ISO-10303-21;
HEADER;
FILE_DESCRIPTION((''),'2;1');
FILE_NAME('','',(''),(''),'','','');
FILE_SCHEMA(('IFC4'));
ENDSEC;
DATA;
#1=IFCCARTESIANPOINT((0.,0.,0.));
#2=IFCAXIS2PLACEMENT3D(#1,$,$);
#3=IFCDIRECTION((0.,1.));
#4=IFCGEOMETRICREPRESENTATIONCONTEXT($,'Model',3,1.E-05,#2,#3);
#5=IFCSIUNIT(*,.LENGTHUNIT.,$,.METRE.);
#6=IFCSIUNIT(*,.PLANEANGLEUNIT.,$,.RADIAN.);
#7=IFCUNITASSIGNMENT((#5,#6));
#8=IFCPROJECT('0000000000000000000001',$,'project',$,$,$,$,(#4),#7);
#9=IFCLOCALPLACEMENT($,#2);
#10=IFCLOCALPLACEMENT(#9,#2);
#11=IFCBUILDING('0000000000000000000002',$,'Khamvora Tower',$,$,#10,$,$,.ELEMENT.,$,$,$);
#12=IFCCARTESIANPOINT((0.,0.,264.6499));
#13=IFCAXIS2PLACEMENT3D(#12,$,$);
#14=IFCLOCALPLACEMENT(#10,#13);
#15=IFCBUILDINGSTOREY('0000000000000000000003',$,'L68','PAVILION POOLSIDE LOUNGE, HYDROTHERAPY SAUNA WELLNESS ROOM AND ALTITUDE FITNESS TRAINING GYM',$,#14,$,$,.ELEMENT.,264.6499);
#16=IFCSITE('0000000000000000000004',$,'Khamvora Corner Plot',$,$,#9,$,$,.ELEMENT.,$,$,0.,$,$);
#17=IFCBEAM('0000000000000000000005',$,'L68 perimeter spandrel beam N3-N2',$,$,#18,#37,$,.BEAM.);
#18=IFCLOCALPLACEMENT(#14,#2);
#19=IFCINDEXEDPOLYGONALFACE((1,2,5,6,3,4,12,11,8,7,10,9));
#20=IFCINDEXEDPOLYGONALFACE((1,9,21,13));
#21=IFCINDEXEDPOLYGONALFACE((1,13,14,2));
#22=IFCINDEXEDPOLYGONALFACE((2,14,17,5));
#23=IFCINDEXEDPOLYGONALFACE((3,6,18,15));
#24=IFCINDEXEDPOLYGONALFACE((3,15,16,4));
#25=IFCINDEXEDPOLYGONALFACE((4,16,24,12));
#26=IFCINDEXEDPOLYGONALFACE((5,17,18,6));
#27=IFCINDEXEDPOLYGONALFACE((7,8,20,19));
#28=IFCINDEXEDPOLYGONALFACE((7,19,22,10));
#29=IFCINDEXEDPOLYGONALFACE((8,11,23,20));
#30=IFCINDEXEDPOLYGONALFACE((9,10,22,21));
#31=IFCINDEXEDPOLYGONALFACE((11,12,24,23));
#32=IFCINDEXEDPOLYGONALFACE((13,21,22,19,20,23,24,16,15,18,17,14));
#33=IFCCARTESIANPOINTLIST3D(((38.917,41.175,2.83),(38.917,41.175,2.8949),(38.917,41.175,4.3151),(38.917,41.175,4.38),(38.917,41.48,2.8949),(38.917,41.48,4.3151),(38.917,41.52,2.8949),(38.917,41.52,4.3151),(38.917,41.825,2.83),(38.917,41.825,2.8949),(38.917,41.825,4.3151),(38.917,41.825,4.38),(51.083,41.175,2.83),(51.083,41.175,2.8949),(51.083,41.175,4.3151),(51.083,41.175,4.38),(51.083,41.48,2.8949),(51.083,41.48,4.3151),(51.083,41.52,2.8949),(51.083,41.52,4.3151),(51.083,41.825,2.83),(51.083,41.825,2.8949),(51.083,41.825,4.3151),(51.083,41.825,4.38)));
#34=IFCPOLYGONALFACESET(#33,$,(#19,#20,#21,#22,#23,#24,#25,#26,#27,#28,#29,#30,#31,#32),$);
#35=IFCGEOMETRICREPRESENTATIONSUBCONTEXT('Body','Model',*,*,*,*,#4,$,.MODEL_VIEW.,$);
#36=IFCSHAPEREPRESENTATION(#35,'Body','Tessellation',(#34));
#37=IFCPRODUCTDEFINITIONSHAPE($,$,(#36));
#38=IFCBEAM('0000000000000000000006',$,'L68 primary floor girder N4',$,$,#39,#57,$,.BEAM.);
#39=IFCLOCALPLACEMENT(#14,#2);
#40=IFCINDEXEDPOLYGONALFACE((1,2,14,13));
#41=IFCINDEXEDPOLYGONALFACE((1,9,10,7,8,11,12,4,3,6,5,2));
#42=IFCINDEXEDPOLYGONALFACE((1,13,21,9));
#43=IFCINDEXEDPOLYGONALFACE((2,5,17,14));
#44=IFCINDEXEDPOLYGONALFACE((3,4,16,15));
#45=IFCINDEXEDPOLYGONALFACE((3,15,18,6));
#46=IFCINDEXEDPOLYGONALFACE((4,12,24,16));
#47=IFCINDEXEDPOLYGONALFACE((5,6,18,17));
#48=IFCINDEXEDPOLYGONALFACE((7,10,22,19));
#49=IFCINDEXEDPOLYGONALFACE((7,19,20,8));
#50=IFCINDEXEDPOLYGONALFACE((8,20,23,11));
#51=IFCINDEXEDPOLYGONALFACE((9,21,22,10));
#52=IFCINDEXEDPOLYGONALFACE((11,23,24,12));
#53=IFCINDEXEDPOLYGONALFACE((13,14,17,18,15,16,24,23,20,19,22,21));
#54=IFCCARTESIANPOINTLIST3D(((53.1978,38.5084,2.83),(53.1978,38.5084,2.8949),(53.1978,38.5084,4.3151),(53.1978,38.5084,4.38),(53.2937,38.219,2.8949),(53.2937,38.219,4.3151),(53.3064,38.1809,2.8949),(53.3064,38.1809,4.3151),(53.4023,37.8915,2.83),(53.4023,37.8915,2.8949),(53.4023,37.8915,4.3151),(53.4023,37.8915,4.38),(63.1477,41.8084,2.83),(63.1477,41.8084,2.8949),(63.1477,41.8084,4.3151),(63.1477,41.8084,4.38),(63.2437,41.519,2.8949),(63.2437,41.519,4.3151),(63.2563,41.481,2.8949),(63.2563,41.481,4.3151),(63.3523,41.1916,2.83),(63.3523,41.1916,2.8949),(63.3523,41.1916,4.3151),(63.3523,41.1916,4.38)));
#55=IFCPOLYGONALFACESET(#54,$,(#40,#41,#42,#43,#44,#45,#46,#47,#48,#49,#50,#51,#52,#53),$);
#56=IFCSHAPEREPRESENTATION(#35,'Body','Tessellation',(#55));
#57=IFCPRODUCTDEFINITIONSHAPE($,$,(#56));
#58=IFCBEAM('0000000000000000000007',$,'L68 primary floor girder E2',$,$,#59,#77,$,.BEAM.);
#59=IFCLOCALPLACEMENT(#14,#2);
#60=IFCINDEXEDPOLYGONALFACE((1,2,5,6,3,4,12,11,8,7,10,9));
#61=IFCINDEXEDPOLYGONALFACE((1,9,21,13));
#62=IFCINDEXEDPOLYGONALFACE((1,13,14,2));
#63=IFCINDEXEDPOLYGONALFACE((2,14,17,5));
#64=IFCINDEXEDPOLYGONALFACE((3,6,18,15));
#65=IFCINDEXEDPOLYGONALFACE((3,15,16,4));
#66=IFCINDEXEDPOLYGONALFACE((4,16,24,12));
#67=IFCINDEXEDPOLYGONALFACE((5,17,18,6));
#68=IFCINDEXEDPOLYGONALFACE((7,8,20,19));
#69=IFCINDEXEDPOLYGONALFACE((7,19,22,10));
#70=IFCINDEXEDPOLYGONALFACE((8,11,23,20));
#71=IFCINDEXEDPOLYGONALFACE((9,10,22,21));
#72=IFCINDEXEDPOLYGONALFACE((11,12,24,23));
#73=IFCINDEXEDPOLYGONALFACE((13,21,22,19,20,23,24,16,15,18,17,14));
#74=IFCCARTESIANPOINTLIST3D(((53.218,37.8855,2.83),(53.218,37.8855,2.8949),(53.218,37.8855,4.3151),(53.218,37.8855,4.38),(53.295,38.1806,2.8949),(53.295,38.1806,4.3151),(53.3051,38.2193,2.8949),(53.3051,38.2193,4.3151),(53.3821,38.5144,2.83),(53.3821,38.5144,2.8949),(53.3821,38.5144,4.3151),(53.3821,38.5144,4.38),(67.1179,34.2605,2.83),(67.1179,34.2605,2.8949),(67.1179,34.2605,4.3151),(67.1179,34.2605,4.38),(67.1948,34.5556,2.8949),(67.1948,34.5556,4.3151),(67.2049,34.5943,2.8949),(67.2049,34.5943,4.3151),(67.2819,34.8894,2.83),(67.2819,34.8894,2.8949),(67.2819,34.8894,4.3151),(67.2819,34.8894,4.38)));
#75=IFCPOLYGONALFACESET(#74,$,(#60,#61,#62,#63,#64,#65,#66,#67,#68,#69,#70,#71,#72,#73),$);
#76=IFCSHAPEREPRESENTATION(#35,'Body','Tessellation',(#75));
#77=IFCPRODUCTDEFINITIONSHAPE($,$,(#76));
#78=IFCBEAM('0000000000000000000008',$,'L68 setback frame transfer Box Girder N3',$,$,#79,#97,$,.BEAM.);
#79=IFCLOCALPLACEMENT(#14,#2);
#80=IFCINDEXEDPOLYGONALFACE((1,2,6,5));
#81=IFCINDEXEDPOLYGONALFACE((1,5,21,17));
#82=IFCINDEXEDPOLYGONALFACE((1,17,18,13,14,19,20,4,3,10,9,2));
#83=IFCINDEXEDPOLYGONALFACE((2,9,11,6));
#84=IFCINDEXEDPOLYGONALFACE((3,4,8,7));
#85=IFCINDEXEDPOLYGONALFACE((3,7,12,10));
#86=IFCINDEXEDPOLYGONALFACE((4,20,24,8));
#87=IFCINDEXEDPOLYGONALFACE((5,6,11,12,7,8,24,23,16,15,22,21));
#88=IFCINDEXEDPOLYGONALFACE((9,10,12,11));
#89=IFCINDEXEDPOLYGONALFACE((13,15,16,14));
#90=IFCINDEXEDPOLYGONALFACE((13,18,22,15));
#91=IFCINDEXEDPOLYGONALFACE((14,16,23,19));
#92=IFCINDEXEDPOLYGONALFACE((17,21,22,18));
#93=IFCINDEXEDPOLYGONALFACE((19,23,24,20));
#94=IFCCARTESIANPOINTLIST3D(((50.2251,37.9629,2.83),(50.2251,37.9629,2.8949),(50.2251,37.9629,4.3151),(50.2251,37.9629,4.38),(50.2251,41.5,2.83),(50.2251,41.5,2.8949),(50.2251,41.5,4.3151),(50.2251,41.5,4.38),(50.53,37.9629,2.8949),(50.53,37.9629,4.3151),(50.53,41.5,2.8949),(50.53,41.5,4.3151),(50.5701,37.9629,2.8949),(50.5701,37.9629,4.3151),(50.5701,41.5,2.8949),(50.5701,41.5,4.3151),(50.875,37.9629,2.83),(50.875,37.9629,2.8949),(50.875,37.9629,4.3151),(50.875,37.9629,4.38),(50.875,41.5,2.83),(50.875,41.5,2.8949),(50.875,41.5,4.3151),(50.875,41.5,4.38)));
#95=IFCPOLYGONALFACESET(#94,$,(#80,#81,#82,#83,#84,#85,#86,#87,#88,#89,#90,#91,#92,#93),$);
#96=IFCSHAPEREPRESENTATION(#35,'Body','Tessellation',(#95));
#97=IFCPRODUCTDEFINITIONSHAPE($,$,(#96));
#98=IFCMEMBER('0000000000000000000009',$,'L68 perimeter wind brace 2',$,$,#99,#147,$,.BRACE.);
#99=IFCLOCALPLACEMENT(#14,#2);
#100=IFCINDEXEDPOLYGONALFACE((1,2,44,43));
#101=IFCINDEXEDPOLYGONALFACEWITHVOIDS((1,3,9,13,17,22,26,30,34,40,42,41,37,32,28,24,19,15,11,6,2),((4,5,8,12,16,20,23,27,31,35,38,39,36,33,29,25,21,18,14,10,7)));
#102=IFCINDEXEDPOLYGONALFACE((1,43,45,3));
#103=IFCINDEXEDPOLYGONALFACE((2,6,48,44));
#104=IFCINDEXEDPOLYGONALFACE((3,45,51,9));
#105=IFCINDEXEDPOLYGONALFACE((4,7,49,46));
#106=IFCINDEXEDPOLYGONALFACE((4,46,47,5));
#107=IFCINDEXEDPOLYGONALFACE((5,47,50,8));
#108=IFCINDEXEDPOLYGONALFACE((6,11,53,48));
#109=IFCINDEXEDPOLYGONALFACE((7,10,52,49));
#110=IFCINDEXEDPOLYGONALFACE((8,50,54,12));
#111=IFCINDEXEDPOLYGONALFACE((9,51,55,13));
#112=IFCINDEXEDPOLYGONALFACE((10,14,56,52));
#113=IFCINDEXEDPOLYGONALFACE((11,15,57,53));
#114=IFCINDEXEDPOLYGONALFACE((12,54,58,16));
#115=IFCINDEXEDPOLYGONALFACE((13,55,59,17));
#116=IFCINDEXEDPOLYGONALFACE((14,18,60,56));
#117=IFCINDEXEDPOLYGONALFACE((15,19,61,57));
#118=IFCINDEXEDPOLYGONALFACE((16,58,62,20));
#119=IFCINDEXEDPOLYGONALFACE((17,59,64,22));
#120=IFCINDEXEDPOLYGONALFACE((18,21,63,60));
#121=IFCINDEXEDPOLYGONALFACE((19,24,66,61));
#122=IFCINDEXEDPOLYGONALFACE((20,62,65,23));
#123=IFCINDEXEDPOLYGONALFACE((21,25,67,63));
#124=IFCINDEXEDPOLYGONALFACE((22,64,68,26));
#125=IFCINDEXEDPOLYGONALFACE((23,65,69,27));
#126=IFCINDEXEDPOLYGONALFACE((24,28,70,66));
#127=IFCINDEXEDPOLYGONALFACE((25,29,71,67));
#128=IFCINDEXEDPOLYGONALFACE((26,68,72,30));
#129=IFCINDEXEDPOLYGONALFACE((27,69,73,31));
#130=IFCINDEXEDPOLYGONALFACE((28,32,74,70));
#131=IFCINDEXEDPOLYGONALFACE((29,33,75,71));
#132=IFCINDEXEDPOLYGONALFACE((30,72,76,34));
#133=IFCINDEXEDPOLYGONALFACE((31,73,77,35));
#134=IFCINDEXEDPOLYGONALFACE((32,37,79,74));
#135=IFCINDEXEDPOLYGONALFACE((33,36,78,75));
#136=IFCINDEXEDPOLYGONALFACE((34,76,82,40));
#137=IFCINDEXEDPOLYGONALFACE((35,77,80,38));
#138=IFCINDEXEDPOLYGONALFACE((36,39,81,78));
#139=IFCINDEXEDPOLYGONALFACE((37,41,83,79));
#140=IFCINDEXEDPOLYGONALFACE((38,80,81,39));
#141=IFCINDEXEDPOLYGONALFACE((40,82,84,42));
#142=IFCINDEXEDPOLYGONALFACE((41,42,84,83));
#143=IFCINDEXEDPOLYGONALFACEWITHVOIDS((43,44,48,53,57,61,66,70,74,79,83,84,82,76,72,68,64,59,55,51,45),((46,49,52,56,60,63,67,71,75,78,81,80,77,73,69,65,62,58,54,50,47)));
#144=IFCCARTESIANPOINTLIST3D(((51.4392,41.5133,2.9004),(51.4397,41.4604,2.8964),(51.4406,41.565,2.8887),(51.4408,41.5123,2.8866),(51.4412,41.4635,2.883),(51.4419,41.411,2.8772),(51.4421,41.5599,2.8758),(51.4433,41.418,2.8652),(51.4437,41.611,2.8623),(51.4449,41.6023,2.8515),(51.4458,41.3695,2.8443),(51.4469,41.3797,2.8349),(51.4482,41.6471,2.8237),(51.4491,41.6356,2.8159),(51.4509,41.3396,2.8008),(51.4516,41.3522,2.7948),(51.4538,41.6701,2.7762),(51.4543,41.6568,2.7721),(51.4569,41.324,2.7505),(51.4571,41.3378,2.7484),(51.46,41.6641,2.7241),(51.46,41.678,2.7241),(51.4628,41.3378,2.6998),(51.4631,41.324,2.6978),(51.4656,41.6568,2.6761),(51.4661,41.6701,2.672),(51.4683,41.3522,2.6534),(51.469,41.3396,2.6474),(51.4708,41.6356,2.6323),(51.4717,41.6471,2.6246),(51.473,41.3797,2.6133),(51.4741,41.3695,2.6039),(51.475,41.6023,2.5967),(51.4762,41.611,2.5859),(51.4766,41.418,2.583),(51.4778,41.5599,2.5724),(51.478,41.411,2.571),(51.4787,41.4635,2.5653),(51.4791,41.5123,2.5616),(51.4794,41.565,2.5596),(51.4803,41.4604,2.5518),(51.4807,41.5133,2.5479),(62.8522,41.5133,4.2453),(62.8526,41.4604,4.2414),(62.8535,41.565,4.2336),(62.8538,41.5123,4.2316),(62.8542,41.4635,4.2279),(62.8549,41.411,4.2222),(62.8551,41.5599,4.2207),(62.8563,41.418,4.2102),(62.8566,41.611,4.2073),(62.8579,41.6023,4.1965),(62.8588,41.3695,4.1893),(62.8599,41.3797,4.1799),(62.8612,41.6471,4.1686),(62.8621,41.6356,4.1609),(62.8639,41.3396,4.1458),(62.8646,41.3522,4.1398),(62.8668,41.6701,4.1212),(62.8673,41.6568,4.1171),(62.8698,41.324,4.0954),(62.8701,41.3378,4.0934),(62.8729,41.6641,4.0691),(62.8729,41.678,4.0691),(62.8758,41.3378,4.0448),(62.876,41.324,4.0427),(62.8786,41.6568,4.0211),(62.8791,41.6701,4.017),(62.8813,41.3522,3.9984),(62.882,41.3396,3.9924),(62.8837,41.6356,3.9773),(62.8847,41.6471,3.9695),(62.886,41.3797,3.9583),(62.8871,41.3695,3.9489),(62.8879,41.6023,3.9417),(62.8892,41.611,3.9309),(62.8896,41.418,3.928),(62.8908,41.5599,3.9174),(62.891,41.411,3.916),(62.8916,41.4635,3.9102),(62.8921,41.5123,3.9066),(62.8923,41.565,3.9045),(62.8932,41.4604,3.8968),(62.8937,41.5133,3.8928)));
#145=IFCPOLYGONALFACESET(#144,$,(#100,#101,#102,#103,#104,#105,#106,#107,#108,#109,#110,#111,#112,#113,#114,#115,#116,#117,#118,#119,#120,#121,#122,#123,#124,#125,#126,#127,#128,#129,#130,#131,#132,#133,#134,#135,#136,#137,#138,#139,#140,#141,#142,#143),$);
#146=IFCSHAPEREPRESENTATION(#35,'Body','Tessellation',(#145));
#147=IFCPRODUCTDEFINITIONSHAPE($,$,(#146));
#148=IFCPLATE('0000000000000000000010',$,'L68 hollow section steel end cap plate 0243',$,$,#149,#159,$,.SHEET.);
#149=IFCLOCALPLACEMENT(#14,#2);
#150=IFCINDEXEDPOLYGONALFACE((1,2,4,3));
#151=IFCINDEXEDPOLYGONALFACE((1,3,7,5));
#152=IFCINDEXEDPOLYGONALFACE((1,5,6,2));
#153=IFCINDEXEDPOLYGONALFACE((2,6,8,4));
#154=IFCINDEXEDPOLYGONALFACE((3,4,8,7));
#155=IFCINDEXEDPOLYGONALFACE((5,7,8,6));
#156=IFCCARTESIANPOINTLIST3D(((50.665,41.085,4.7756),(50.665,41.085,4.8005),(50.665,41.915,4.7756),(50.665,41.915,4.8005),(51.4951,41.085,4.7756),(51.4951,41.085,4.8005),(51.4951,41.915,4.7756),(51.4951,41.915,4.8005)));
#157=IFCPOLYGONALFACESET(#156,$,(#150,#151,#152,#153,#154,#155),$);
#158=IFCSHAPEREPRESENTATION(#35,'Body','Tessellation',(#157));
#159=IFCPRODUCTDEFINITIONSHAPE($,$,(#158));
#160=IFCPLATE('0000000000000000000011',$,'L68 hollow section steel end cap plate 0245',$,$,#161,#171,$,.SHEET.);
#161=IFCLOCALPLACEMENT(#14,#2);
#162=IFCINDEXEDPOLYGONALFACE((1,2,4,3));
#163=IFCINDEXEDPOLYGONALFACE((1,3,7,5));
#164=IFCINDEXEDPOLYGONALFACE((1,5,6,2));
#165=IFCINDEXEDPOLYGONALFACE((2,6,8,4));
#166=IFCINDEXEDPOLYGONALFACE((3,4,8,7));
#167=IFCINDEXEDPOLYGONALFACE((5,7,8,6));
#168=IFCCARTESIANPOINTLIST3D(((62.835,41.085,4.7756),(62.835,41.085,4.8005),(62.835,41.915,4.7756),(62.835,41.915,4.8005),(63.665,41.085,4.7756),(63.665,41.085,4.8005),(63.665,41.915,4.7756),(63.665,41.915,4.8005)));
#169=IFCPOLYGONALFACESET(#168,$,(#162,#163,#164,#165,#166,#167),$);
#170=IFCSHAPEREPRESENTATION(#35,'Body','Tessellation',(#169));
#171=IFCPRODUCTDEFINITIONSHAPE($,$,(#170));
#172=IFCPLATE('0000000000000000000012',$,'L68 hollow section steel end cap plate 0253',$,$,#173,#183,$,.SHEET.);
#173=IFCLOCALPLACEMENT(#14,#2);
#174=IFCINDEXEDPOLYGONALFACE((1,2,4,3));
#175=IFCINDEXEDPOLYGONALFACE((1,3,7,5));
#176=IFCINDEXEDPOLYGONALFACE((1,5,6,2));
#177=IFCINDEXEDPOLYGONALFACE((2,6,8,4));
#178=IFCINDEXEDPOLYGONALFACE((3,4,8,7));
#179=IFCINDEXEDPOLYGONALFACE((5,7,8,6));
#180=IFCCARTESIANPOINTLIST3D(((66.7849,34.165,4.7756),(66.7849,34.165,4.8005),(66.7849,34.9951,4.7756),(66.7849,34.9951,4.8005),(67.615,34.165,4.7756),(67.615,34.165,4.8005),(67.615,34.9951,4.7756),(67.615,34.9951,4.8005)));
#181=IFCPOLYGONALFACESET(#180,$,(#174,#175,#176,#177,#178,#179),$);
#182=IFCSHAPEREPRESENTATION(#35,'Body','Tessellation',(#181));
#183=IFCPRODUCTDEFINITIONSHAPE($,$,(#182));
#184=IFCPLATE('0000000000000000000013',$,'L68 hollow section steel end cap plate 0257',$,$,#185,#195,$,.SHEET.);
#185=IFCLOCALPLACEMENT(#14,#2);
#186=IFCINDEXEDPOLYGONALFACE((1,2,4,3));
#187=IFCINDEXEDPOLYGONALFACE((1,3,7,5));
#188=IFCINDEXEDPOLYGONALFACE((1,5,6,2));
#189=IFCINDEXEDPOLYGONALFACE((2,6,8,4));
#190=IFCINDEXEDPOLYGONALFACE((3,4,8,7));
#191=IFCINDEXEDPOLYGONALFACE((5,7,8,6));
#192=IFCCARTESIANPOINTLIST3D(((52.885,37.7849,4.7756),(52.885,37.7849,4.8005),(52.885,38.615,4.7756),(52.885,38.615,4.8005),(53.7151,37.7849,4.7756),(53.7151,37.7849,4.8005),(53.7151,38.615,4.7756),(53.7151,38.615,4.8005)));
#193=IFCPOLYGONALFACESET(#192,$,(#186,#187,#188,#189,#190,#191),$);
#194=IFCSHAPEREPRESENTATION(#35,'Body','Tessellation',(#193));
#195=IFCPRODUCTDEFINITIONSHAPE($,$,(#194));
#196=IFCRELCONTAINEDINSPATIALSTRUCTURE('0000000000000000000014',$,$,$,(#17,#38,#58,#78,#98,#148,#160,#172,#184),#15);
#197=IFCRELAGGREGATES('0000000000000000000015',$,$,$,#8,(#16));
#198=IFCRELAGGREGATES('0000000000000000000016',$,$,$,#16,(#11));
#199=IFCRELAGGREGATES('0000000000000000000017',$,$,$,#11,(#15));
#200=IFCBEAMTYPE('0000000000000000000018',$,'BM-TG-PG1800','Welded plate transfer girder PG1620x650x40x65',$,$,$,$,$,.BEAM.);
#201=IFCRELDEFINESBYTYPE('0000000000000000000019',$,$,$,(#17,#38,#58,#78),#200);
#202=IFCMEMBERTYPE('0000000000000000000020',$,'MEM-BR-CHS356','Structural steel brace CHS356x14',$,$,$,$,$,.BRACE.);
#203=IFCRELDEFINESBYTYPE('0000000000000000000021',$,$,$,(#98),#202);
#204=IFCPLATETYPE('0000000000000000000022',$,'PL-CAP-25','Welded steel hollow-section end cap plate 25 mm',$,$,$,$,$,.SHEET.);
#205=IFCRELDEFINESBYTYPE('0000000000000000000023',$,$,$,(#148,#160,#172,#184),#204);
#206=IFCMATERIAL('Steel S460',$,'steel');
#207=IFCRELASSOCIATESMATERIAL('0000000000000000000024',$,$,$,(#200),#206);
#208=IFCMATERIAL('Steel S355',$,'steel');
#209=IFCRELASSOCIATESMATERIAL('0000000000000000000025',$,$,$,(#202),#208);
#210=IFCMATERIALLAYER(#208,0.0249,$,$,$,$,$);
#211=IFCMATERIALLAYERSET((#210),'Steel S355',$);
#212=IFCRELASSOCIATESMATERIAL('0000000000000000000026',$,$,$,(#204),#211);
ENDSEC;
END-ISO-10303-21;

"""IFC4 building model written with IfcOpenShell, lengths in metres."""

from ifc_helpers import new_model, si_unit, direction, frame, origin, origin_2d, place, context, subcontext, project, spatial, rectangle, hollow_circle, i_section, extrude, material, layer, layer_set, material_profile, profile_set, type_object, element, save


model = new_model("IFC4")

# Units and contexts
model_context = context("Model", 3, precision=1e-05, world=origin(), true_north=direction((0.0, 1.0)))
body_context = subcontext(model_context, "Body", "Model", "MODEL_VIEW")
ifc_project = project(units=[si_unit("LENGTHUNIT", "METRE"), si_unit("PLANEANGLEUNIT", "RADIAN")], contexts=[model_context])

# Site, building, storey
site_placement = place(None, origin())
site = spatial("IfcSite", under=ifc_project, at=site_placement, Name="Khamvora Corner Plot", CompositionType="ELEMENT", RefElevation=0.0)
building_placement = place(site_placement, origin())
building = spatial("IfcBuilding", under=site, at=building_placement, Name="Khamvora Tower", CompositionType="ELEMENT")
storey_placement = place(building_placement, frame((0.0, 0.0, 264.6499)))
storey = spatial("IfcBuildingStorey", under=building, at=storey_placement, Name="L68", Description="PAVILION POOLSIDE LOUNGE, HYDROTHERAPY SAUNA WELLNESS ROOM AND ALTITUDE FITNESS TRAINING GYM", CompositionType="ELEMENT", Elevation=264.6499)

# Shared definitions
ifc_material_1 = material(Name="Steel S355", Category="steel")

# Beams
ifc_material_2 = material(Name="Steel S460", Category="steel")
ifc_material_profile_1 = material_profile(ifc_material_2, i_section(OverallWidth=0.6499, OverallDepth=1.55, WebThickness=0.04, FlangeThickness=0.0649, at=origin_2d()), Name="PG1550x650x40x65")
ifc_profile_set_1 = profile_set([ifc_material_profile_1], Name="Steel S460")
beam_type_1 = type_object("IfcBeamType", Name="BM-TG-PG1800", Description="Welded plate transfer girder PG1620x650x40x65", PredefinedType="BEAM", material=ifc_profile_set_1)
beam_1_placement = place(storey_placement, frame((51.083, 41.5, 3.605), z_axis=(-1.0, 0.0, 0.0), x_axis=(0.0, -1.0, 0.0)))
element("IfcBeam", 1, at=beam_1_placement, inside=storey, type_object=beam_type_1, Name="L68 perimeter spandrel beam N3-N2", PredefinedType="BEAM", context=body_context, shape_type="SweptSolid", body=[
    extrude(i_section(OverallWidth=0.6499, OverallDepth=1.55, WebThickness=0.04, FlangeThickness=0.0649, at=origin_2d()), origin(), (0.0, 0.0, 1.0), 12.166),
])
beam_2_placement = place(storey_placement, frame((53.3, 38.2, 3.605), z_axis=(0.949157, 0.314802, 0.0), x_axis=(-0.314802, 0.949157, 0.0)))
element("IfcBeam", 2, at=beam_2_placement, inside=storey, type_object=beam_type_1, Name="L68 primary floor girder N4", PredefinedType="BEAM", context=body_context, shape_type="SweptSolid", body=[
    extrude(i_section(OverallWidth=0.6499, OverallDepth=1.55, WebThickness=0.04, FlangeThickness=0.0649, at=origin_2d()), origin(), (0.0, 0.0, 1.0), 10.4829),
])
beam_3_placement = place(storey_placement, frame((53.3, 38.2, 3.605), z_axis=(0.967635, -0.252353, 0.0), x_axis=(0.252353, 0.967635, 0.0)))
element("IfcBeam", 3, at=beam_3_placement, inside=storey, type_object=beam_type_1, Name="L68 primary floor girder E2", PredefinedType="BEAM", context=body_context, shape_type="SweptSolid", body=[
    extrude(i_section(OverallWidth=0.6499, OverallDepth=1.55, WebThickness=0.04, FlangeThickness=0.0649, at=origin_2d()), origin(), (0.0, 0.0, 1.0), 14.3647),
])
beam_4_placement = place(storey_placement, frame((50.55, 37.9629, 3.605), z_axis=(0.0, 1.0, 0.0), x_axis=(-1.0, 0.0, 0.0)))
element("IfcBeam", 4, at=beam_4_placement, inside=storey, type_object=beam_type_1, Name="L68 setback frame transfer Box Girder N3", PredefinedType="BEAM", context=body_context, shape_type="SweptSolid", body=[
    extrude(i_section(OverallWidth=0.6499, OverallDepth=1.55, WebThickness=0.04, FlangeThickness=0.0649, at=origin_2d()), origin(), (0.0, 0.0, 1.0), 3.5371),
])

# Member
ifc_material_profile_2 = material_profile(ifc_material_1, hollow_circle(Radius=0.178, WallThickness=0.0139, at=origin_2d()), Name="CHS356x14")
ifc_profile_set_2 = profile_set([ifc_material_profile_2], Name="Steel S355")
member_type = type_object("IfcMemberType", Name="MEM-BR-CHS356", Description="Structural steel brace CHS356x14", PredefinedType="BRACE", material=ifc_profile_set_2)
member_placement = place(storey_placement, frame((51.46, 41.5, 2.7241), z_axis=(0.993128, 0.0, 0.117035), x_axis=(0.0, 1.0, 0.0)))
element("IfcMember", 5, at=member_placement, inside=storey, type_object=member_type, Name="L68 perimeter wind brace 2", PredefinedType="BRACE", context=body_context, shape_type="SweptSolid", body=[
    extrude(hollow_circle(Radius=0.178, WallThickness=0.0139, at=origin_2d()), origin(), (0.0, 0.0, 1.0), 11.4919),
])

# Plates
ifc_layer_1 = layer(ifc_material_1, 0.0249)
ifc_layer_set_1 = layer_set([ifc_layer_1], Name="Steel S355")
plate_type_1 = type_object("IfcPlateType", Name="PL-CAP-25", Description="Welded steel hollow-section end cap plate 25 mm", PredefinedType="SHEET", material=ifc_layer_set_1)
for number, where, z_axis, x_axis, name in (
    (6, (51.0801, 41.5, 4.7756), (0.0, 0.0, 1.0), (1.0, 0.0, 0.0), "L68 hollow section steel end cap plate 0243"),
    (7, (63.25, 41.5, 4.7756), (0.0, 0.0, 1.0), (1.0, 0.0, 0.0), "L68 hollow section steel end cap plate 0245"),
    (8, (67.2, 34.5801, 4.7756), (0.0, 0.0, 1.0), (1.0, 0.0, 0.0), "L68 hollow section steel end cap plate 0253"),
    (9, (53.3, 38.2, 4.7756), (0.0, 0.0, 1.0), (1.0, 0.0, 0.0), "L68 hollow section steel end cap plate 0257"),
):
    element("IfcPlate", number, at=place(storey_placement, frame(where, z_axis=z_axis, x_axis=x_axis)), inside=storey, type_object=plate_type_1, Name=name, PredefinedType="SHEET", context=body_context, shape_type="SweptSolid", body=[
        extrude(rectangle(XDim=0.8301, YDim=0.8301, at=origin_2d()), origin(), (0.0, 0.0, 1.0), 0.0249),
    ])

save(model, "model.ifc")
